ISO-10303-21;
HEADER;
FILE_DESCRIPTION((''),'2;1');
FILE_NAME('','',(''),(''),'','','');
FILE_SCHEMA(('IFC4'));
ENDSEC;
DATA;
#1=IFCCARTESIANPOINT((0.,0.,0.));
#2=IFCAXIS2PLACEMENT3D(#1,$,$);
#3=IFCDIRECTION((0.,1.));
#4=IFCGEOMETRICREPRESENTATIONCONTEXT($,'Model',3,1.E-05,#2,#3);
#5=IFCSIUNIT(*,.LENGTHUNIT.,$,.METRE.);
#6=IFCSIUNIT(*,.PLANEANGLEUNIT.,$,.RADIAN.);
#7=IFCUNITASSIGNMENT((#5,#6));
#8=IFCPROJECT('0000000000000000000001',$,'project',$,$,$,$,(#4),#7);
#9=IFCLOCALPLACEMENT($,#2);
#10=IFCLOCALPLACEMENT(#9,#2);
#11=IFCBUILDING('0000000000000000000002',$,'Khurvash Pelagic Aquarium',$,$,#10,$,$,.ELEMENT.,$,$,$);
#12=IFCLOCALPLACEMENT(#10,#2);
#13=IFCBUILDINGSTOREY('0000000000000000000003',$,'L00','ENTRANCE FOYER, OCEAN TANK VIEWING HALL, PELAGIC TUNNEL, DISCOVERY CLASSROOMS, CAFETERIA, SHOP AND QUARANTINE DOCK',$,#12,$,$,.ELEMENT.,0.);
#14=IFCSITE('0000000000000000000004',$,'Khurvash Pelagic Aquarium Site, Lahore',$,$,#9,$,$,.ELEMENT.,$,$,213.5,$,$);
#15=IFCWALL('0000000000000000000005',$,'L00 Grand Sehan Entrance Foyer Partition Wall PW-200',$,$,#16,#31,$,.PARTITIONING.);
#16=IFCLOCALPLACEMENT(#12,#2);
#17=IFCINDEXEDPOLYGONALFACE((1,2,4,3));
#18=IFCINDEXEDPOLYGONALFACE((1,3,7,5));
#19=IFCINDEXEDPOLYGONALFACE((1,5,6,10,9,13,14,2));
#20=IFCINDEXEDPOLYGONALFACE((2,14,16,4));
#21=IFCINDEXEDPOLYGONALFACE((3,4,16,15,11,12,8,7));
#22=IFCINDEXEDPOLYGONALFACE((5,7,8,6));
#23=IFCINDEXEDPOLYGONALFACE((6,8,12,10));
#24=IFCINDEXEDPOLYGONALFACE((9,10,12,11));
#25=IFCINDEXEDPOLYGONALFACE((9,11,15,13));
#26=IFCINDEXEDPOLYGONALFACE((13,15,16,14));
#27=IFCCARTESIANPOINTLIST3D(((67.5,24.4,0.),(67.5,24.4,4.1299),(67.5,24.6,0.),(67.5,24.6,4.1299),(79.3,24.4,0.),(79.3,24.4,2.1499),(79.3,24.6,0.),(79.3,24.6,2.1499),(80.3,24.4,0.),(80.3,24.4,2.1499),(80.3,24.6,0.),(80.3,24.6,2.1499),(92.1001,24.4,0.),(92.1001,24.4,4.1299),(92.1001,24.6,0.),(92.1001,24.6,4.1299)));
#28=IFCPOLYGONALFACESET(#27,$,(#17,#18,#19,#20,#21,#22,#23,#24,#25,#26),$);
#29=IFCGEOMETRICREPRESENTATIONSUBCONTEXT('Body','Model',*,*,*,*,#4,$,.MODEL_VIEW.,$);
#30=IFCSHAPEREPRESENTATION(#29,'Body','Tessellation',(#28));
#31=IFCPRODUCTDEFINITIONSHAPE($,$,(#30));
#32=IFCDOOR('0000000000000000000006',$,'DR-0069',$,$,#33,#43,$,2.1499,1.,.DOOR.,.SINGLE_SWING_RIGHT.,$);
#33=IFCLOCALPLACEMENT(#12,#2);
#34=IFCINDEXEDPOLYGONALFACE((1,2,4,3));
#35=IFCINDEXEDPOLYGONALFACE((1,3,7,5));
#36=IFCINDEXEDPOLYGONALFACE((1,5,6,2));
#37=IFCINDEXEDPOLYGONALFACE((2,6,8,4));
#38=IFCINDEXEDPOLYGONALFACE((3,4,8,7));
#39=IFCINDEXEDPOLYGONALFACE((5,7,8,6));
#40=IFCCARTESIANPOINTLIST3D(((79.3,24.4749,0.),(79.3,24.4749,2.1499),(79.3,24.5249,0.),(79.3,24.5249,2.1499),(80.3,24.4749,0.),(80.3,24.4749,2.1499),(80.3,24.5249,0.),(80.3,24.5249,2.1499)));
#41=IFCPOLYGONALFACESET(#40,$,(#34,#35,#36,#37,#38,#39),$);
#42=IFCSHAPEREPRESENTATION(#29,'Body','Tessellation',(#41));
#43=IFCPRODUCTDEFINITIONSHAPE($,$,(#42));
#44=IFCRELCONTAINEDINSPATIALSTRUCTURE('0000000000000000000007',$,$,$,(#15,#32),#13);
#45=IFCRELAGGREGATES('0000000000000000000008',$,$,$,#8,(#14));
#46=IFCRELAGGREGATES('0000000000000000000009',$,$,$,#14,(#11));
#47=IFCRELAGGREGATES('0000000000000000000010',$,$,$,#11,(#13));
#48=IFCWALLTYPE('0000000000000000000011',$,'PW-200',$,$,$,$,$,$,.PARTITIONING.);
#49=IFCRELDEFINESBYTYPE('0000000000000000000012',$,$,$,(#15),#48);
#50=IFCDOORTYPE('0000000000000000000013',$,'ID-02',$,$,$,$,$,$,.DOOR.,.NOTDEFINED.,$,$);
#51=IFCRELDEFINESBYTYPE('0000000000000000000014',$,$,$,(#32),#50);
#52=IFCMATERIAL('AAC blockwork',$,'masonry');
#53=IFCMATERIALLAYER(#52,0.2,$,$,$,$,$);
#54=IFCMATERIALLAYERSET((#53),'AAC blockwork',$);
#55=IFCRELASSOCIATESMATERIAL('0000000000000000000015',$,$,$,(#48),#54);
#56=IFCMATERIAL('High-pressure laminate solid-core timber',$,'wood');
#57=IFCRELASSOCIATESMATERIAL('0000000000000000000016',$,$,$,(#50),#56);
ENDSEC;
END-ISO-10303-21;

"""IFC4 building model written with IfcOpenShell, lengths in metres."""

from ifc_helpers import new_model, si_unit, direction, frame, frame_2d, origin, place, context, subcontext, project, spatial, rectangle, extrude, material, layer, layer_set, type_object, element, fill, save


model = new_model("IFC4")

# Units and contexts
model_context = context("Model", 3, precision=1e-05, world=origin(), true_north=direction((0.0, 1.0)))
body_context = subcontext(model_context, "Body", "Model", "MODEL_VIEW")
ifc_project = project(units=[si_unit("LENGTHUNIT", "METRE"), si_unit("PLANEANGLEUNIT", "RADIAN")], contexts=[model_context])

# Site, building, storey
site_placement = place(None, origin())
site = spatial("IfcSite", under=ifc_project, at=site_placement, Name="Khurvash Pelagic Aquarium Site, Lahore", CompositionType="ELEMENT", RefElevation=213.5)
building_placement = place(site_placement, origin())
building = spatial("IfcBuilding", under=site, at=building_placement, Name="Khurvash Pelagic Aquarium", CompositionType="ELEMENT")
storey_placement = place(building_placement, origin())
storey = spatial("IfcBuildingStorey", under=building, at=storey_placement, Name="L00", Description="ENTRANCE FOYER, OCEAN TANK VIEWING HALL, PELAGIC TUNNEL, DISCOVERY CLASSROOMS, CAFETERIA, SHOP AND QUARANTINE DOCK", CompositionType="ELEMENT", Elevation=0.0)

# Shared definitions
ifc_material_1 = material(Name="AAC blockwork", Category="masonry")
ifc_layer_1 = layer(ifc_material_1, 0.2)
ifc_layer_set_1 = layer_set([ifc_layer_1], Name="AAC blockwork")
wall_type = type_object("IfcWallType", Name="PW-200", PredefinedType="PARTITIONING", material=ifc_layer_set_1)

# Wall, opening, door
wall_1_placement = place(storey_placement, frame((67.5, 24.5, 0.0), z_axis=(0.0, 0.0, 1.0), x_axis=(1.0, 0.0, 0.0)))
wall_1 = element("IfcWall", 1, at=wall_1_placement, inside=storey, type_object=wall_type, Name="L00 Grand Sehan Entrance Foyer Partition Wall PW-200", PredefinedType="PARTITIONING", context=body_context, shape_type="SweptSolid", body=[
    extrude(rectangle(XDim=24.6001, YDim=0.2, at=frame_2d((12.3, 0.0))), origin(), (0.0, 0.0, 1.0), 4.1299),
])
opening_placement = place(wall_1_placement, frame((11.8, 0.0, 0.0)))
opening = element("IfcOpeningElement", 2, at=opening_placement, cuts=wall_1, PredefinedType="OPENING", context=body_context, shape_type="SweptSolid", body=[
    extrude(rectangle(XDim=1.0, YDim=2.1499, at=frame_2d((0.5, 1.075))), frame((0.0, 0.1099, 0.0), z_axis=(0.0, -1.0, 0.0), x_axis=(1.0, 0.0, 0.0)), (0.0, 0.0, 1.0), 0.22),
])
ifc_material_2 = material(Name="High-pressure laminate solid-core timber", Category="wood")
door_type = type_object("IfcDoorType", Name="ID-02", OperationType="NOTDEFINED", PredefinedType="DOOR", material=ifc_material_2)
door_placement = place(opening_placement, origin())
door = element("IfcDoor", 3, at=door_placement, inside=storey, type_object=door_type, Name="DR-0069", OperationType="SINGLE_SWING_RIGHT", OverallHeight=2.1499, OverallWidth=1.0, PredefinedType="DOOR", context=body_context, shape_type="SweptSolid", body=[
    extrude(rectangle(XDim=1.0, YDim=2.1499, at=frame_2d((0.5, 1.075))), frame((0.0, 0.0249, 0.0), z_axis=(0.0, -1.0, 0.0), x_axis=(1.0, 0.0, 0.0)), (0.0, 0.0, 1.0), 0.05),
])
fill(opening, door)

save(model, "model.ifc")
